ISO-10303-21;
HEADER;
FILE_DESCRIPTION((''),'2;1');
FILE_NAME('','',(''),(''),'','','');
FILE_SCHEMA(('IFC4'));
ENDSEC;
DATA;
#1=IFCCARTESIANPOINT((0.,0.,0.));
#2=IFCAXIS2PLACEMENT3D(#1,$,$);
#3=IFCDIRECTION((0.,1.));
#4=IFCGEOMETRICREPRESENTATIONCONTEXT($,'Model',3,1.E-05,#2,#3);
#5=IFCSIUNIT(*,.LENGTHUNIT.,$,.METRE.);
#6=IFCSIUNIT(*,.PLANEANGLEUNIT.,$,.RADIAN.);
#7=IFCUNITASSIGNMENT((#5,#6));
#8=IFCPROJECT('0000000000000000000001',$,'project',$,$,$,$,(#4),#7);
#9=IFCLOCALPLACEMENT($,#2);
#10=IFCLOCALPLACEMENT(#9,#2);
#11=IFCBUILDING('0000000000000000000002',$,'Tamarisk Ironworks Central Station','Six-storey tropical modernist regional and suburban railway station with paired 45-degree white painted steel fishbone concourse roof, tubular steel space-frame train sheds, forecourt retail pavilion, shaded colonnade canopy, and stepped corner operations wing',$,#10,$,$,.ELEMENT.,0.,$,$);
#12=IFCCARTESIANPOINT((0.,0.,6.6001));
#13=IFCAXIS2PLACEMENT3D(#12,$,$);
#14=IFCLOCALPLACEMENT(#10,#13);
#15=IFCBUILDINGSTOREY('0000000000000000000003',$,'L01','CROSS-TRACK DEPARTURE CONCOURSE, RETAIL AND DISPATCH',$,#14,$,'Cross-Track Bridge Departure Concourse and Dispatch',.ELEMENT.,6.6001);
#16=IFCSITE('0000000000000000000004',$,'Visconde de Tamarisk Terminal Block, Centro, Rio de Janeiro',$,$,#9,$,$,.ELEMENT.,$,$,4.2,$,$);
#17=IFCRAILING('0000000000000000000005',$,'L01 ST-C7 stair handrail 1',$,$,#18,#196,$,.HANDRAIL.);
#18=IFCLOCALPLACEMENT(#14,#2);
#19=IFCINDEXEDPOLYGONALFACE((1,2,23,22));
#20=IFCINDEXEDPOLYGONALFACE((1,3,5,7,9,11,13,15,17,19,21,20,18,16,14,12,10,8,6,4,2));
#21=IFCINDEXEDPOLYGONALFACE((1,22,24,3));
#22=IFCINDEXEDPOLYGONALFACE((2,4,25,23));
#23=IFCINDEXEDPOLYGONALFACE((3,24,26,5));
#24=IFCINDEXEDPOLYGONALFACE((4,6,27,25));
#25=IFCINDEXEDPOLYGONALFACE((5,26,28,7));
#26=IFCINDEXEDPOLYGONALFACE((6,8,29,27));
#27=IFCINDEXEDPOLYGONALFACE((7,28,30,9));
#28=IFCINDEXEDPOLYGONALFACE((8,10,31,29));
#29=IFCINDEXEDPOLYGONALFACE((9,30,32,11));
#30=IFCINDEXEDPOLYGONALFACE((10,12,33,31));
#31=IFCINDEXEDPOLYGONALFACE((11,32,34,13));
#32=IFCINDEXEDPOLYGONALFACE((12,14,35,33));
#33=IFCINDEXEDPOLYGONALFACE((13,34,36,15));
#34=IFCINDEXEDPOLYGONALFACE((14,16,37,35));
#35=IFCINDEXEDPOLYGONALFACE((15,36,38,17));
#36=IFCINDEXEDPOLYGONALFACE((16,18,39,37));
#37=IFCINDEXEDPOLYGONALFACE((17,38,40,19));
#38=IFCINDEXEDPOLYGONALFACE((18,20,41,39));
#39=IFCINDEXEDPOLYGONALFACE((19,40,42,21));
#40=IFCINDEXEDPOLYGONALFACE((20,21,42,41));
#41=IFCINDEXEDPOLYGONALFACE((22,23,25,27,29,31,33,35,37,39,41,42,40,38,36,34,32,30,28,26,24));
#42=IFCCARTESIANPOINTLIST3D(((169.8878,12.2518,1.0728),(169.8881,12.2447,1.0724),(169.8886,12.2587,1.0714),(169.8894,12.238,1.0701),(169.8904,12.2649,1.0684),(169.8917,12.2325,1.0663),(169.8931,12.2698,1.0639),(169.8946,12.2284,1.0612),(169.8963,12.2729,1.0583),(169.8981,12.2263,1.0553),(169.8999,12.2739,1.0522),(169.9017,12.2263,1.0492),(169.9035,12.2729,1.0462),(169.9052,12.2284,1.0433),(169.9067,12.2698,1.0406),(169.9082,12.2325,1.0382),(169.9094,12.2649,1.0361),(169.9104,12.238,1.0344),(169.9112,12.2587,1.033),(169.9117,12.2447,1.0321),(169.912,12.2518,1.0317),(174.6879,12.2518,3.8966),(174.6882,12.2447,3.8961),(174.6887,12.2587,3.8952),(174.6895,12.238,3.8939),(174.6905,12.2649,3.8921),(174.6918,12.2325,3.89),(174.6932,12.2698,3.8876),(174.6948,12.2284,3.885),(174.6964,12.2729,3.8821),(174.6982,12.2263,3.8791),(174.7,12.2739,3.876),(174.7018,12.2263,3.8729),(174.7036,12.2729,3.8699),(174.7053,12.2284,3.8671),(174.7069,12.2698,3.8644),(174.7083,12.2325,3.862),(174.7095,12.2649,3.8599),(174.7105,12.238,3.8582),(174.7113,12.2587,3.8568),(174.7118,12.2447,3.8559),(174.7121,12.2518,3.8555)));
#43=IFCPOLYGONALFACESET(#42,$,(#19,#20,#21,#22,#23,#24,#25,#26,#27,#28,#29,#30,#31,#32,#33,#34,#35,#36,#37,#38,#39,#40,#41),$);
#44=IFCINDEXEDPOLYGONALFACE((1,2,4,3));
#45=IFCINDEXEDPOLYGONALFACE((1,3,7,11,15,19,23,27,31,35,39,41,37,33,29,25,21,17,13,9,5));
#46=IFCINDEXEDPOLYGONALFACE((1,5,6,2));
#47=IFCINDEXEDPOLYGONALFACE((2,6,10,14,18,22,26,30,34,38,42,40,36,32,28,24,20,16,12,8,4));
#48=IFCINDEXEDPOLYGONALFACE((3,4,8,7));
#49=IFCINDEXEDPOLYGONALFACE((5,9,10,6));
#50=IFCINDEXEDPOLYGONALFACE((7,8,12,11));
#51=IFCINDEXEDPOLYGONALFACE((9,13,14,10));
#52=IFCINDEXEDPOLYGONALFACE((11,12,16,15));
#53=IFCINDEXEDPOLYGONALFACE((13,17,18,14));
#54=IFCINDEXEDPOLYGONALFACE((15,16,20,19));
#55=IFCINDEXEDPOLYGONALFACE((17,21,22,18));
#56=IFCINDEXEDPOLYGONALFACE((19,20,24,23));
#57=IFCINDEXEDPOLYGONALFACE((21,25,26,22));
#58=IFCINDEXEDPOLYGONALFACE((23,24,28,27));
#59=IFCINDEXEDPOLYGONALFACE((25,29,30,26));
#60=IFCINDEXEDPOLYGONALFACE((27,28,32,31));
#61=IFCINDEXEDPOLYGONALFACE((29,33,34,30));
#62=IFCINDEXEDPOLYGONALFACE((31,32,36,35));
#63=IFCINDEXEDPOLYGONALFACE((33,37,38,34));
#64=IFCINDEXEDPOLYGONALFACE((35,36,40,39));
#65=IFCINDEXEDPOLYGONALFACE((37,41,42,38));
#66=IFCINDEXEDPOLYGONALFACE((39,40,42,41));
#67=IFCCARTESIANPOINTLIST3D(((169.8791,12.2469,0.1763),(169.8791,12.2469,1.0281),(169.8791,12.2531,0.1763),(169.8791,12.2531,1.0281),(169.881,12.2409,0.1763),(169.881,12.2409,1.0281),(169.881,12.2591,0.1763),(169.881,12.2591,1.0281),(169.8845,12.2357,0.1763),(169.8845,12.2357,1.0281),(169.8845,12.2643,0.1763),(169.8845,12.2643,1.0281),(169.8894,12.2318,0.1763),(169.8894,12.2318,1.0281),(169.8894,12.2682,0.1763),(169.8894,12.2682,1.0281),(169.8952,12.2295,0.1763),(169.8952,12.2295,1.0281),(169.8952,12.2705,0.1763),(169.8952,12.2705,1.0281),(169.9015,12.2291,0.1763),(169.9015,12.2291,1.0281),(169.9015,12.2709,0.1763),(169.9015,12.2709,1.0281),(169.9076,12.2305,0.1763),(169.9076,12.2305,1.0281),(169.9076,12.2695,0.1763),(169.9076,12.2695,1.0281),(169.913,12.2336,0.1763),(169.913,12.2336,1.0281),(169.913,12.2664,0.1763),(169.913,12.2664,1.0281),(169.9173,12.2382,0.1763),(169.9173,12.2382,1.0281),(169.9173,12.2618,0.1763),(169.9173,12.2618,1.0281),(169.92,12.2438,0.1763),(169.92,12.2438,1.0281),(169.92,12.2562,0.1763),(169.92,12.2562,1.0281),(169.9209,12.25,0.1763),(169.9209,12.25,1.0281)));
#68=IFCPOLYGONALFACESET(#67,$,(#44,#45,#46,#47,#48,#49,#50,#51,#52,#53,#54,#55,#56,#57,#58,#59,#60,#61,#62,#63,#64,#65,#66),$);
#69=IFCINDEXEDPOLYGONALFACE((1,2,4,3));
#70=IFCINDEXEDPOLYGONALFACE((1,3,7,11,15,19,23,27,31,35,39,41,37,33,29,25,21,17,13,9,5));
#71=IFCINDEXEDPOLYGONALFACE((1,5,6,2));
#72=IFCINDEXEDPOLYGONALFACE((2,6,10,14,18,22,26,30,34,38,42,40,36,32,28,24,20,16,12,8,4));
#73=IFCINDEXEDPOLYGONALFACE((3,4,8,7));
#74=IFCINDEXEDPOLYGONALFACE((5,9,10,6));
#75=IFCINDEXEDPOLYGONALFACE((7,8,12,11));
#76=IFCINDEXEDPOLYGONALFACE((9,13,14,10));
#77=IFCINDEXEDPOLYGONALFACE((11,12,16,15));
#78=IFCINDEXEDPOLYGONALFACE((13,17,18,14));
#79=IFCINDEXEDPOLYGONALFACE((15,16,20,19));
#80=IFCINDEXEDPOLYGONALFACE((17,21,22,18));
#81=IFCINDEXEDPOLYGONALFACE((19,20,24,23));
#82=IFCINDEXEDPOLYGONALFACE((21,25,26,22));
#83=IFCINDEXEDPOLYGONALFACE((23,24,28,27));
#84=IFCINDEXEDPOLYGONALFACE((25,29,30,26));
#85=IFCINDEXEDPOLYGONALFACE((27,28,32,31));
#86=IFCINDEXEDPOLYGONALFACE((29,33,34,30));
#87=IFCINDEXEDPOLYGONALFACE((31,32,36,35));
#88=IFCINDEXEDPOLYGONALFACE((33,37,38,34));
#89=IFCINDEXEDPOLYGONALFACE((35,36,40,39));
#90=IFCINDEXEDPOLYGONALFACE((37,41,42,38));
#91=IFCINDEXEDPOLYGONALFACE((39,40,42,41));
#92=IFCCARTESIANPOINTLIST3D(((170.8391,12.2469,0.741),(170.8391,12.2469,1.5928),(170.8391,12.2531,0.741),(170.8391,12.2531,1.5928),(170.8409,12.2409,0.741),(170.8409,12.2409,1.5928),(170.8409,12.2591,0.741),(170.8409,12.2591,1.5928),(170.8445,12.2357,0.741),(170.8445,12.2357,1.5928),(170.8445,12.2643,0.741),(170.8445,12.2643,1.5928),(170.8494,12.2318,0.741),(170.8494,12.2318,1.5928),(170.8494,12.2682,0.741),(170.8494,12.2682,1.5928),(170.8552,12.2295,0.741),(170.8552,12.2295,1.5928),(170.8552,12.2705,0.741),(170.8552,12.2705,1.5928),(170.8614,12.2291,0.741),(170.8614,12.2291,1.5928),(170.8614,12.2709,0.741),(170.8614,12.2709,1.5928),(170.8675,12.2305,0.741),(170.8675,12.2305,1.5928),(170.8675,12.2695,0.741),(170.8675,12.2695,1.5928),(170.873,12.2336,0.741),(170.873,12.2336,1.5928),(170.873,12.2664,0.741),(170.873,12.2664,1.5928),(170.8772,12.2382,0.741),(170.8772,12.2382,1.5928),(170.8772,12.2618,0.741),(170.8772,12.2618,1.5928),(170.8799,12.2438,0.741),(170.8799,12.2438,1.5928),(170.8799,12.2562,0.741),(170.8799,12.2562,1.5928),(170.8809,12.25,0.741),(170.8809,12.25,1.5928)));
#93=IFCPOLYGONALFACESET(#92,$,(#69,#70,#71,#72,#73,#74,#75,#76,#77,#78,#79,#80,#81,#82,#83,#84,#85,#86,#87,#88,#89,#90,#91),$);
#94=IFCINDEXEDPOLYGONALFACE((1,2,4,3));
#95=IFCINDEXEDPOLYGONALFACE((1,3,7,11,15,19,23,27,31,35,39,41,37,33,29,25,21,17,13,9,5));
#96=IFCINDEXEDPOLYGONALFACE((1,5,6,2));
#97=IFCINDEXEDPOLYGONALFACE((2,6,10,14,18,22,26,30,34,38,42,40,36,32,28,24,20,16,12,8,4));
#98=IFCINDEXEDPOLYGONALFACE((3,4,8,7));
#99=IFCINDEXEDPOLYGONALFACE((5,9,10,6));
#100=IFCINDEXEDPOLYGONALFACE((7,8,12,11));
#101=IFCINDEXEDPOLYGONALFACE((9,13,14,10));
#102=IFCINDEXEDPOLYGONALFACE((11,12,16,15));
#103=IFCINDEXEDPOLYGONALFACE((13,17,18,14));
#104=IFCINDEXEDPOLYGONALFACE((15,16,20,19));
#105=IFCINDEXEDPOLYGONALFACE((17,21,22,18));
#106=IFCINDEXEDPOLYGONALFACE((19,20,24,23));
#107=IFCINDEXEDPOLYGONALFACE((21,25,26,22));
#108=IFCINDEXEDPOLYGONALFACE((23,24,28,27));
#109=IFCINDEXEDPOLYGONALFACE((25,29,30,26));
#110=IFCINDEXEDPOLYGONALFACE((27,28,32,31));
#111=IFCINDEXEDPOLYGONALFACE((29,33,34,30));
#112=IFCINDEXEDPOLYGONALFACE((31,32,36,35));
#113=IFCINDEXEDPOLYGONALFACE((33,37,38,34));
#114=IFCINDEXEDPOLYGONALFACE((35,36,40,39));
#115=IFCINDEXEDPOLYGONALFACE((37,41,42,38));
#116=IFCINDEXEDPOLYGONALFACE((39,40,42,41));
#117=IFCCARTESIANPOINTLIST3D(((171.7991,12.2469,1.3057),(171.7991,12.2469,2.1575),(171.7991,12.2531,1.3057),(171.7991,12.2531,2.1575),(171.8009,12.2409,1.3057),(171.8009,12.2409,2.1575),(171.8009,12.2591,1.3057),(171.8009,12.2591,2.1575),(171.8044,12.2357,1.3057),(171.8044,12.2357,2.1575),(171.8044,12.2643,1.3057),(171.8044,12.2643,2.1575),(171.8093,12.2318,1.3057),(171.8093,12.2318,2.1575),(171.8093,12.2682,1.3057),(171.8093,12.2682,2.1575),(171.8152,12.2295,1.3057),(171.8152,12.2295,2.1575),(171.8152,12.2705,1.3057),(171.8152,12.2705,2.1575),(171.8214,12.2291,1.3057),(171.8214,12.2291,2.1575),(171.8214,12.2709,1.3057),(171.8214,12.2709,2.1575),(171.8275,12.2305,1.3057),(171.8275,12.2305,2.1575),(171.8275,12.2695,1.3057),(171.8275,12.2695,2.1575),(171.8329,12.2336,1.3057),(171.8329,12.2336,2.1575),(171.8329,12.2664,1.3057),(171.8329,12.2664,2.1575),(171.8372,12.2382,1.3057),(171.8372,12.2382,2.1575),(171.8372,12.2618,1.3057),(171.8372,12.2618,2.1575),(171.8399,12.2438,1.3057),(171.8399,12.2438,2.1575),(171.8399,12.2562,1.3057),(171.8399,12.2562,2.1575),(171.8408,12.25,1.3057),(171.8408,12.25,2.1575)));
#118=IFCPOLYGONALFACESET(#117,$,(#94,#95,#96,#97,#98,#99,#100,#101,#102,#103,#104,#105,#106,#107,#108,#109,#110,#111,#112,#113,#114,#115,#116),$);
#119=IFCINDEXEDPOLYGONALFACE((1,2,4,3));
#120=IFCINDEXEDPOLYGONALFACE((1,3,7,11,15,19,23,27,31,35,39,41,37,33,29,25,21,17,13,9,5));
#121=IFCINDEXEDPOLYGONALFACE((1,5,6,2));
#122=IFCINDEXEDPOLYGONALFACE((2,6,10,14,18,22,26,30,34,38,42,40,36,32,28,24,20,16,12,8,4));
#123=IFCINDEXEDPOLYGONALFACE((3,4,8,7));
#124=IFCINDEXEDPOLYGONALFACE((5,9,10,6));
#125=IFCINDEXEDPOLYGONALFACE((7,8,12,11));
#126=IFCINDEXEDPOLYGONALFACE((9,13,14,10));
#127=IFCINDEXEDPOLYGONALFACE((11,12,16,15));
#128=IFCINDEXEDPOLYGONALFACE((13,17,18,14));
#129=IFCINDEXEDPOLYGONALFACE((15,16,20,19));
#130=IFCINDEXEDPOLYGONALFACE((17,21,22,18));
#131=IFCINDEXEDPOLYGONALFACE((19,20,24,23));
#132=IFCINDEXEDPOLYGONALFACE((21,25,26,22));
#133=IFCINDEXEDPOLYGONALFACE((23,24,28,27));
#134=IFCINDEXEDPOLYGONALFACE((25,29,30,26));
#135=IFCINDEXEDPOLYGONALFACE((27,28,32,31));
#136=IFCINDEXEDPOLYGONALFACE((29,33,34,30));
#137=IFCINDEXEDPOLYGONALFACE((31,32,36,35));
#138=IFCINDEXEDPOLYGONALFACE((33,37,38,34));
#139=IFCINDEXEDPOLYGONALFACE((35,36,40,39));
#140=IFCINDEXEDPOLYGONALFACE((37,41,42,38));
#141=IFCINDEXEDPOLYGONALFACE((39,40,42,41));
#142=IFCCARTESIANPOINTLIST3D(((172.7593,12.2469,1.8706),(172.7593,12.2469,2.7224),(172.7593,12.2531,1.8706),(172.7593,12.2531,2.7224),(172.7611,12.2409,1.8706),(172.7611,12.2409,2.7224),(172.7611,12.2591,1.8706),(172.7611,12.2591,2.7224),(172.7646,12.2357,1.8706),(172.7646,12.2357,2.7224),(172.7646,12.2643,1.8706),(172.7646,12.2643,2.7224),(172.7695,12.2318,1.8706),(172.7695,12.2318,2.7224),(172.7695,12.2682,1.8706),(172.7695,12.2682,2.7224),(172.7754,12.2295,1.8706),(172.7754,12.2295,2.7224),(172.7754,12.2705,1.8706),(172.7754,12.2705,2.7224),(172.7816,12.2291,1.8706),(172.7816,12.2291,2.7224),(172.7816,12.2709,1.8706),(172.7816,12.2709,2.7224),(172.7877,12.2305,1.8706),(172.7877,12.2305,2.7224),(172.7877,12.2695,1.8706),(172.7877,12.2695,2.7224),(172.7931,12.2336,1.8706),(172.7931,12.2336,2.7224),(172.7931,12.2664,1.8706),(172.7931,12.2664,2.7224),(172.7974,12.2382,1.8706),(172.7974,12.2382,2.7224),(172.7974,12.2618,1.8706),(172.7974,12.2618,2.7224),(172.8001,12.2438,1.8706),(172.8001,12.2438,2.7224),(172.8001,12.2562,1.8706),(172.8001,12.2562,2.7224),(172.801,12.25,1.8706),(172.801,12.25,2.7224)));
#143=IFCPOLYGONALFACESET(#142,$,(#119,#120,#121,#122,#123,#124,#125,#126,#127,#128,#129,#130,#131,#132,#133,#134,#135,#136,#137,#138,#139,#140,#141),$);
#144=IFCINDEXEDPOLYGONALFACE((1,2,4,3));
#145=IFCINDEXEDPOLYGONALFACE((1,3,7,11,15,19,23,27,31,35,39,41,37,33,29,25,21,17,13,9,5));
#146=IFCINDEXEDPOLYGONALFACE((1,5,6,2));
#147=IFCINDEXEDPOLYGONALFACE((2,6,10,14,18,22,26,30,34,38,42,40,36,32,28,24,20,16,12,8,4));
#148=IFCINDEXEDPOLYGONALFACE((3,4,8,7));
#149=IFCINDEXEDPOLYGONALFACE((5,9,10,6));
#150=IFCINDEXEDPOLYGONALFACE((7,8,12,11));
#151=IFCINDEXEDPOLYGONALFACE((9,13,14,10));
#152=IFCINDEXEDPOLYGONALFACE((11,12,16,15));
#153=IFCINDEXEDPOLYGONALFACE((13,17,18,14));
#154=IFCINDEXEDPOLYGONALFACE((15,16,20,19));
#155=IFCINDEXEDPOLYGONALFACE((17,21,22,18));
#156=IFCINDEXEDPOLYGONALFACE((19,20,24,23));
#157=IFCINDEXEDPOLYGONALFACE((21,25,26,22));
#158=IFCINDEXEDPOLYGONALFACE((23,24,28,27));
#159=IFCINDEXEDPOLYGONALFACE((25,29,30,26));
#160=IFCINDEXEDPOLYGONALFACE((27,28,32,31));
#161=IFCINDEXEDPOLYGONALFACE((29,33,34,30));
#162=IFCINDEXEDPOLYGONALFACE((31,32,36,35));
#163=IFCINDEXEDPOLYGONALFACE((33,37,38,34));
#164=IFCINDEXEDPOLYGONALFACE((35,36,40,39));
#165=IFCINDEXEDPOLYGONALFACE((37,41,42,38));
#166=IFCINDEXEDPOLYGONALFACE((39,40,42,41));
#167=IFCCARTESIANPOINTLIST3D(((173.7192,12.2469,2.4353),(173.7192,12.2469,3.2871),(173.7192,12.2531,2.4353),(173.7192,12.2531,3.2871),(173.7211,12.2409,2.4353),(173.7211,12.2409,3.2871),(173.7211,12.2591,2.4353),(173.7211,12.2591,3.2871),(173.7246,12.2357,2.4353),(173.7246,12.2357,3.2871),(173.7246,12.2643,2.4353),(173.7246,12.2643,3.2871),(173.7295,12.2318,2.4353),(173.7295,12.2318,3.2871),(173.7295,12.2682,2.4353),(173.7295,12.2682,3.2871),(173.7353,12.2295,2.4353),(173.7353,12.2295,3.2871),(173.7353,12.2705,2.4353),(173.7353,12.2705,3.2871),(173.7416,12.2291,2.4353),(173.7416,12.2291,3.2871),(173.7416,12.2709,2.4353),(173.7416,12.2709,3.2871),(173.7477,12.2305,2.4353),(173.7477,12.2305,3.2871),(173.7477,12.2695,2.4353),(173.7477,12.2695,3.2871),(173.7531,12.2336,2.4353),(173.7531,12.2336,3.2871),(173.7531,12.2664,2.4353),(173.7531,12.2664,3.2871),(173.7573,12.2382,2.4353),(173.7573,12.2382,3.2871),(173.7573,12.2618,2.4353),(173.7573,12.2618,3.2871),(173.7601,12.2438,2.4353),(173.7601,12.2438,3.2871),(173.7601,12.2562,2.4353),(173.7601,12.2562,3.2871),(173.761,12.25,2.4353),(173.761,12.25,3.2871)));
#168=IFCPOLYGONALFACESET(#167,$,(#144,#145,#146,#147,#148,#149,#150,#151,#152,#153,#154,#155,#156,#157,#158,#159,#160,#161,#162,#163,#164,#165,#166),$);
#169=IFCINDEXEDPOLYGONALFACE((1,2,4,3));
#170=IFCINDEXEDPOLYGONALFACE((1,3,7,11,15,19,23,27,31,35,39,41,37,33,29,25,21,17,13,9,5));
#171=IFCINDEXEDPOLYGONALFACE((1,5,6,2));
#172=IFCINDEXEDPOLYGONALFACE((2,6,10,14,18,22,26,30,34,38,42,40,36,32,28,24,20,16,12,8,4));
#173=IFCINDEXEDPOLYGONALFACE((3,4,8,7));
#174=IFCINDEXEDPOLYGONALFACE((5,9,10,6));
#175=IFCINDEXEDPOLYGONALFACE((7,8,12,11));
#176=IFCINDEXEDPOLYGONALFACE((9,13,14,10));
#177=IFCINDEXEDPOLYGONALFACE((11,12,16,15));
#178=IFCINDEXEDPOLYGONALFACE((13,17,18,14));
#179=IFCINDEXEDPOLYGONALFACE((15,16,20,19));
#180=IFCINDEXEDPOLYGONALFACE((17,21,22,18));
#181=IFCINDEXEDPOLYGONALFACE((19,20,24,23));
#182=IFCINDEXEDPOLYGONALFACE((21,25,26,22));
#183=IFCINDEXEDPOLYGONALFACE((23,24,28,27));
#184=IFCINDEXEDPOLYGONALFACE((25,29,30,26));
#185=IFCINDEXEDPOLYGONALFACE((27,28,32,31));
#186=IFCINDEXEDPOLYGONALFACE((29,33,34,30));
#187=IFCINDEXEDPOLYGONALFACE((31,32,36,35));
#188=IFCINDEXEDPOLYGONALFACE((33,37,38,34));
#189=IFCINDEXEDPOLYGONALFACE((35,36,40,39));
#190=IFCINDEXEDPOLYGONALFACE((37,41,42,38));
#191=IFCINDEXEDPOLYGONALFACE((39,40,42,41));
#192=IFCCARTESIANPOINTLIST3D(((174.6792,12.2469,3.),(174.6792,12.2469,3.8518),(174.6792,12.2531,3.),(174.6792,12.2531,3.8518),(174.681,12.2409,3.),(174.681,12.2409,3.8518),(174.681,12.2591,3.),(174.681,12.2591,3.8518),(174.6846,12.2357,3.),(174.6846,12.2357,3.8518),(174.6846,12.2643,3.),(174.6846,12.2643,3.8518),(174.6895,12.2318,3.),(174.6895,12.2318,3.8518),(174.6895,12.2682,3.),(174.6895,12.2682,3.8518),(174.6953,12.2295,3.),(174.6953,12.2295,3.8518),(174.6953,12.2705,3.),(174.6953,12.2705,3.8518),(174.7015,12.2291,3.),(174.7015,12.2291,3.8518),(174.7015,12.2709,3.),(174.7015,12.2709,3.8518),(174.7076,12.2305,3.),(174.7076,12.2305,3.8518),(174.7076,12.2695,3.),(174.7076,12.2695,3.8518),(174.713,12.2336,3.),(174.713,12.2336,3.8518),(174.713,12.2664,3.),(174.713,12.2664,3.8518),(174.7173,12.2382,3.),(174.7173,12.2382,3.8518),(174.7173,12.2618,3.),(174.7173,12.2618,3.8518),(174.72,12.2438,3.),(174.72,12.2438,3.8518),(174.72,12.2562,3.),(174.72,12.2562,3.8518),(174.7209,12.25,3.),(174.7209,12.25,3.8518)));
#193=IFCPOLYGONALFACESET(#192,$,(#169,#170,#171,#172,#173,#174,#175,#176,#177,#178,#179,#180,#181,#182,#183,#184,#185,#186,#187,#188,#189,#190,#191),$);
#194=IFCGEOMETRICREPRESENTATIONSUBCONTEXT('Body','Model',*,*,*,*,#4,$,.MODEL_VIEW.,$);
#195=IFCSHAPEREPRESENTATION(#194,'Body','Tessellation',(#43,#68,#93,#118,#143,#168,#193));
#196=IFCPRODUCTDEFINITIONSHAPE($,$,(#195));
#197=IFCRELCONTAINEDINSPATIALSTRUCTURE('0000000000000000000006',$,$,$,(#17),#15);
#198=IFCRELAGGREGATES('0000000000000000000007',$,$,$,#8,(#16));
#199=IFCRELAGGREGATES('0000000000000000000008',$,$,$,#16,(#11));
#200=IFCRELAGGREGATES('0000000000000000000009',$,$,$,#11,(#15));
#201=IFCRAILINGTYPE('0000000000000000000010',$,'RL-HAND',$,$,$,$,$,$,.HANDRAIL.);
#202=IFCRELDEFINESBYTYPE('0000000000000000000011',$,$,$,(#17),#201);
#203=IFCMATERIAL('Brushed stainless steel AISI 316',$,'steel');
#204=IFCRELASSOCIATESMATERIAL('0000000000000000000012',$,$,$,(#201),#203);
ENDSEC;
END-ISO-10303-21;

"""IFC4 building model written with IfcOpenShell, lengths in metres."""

from ifc_helpers import new_model, si_unit, direction, frame, origin, origin_2d, place, context, subcontext, project, spatial, circle, extrude, material, type_object, element, save


model = new_model("IFC4")

# Units and contexts
model_context = context("Model", 3, precision=1e-05, world=origin(), true_north=direction((0.0, 1.0)))
body_context = subcontext(model_context, "Body", "Model", "MODEL_VIEW")
ifc_project = project(units=[si_unit("LENGTHUNIT", "METRE"), si_unit("PLANEANGLEUNIT", "RADIAN")], contexts=[model_context])

# Site, building, storey
site_placement = place(None, origin())
site = spatial("IfcSite", under=ifc_project, at=site_placement, Name="Visconde de Tamarisk Terminal Block, Centro, Rio de Janeiro", CompositionType="ELEMENT", RefElevation=4.2)
building_placement = place(site_placement, origin())
building = spatial("IfcBuilding", under=site, at=building_placement, Name="Tamarisk Ironworks Central Station", Description="Six-storey tropical modernist regional and suburban railway station with paired 45-degree white painted steel fishbone concourse roof, tubular steel space-frame train sheds, forecourt retail pavilion, shaded colonnade canopy, and stepped corner operations wing", CompositionType="ELEMENT", ElevationOfRefHeight=0.0)
storey_placement = place(building_placement, frame((0.0, 0.0, 6.6001)))
storey = spatial("IfcBuildingStorey", under=building, at=storey_placement, Name="L01", Description="CROSS-TRACK DEPARTURE CONCOURSE, RETAIL AND DISPATCH", LongName="Cross-Track Bridge Departure Concourse and Dispatch", CompositionType="ELEMENT", Elevation=6.6001)

# Railing
ifc_material_1 = material(Name="Brushed stainless steel AISI 316", Category="steel")
railing_type_1 = type_object("IfcRailingType", Name="RL-HAND", PredefinedType="HANDRAIL", material=ifc_material_1)
railing_1_placement = place(storey_placement, frame((169.8999, 12.25, 0.1763)))
element("IfcRailing", 1, at=railing_1_placement, inside=storey, type_object=railing_type_1, Name="L01 ST-C7 stair handrail 1", PredefinedType="HANDRAIL", context=body_context, shape_type="SweptSolid", body=[
    extrude(circle(Radius=0.0239, at=origin_2d()), frame((0.0, 0.0, 0.876), z_axis=(0.861921, 0.0, 0.507043), x_axis=(0.0, 1.0, 0.0)), (0.0, 0.0, 1.0), 5.5691),
    extrude(circle(Radius=0.021, at=origin_2d()), origin(), (0.0, 0.0, 1.0), 0.8518),
    extrude(circle(Radius=0.021, at=origin_2d()), frame((0.96, 0.0, 0.5647)), (0.0, 0.0, 1.0), 0.8518),
    extrude(circle(Radius=0.021, at=origin_2d()), frame((1.9199, 0.0, 1.1294)), (0.0, 0.0, 1.0), 0.8518),
    extrude(circle(Radius=0.021, at=origin_2d()), frame((2.8801, 0.0, 1.6943)), (0.0, 0.0, 1.0), 0.8518),
    extrude(circle(Radius=0.021, at=origin_2d()), frame((3.8401, 0.0, 2.259)), (0.0, 0.0, 1.0), 0.8518),
    extrude(circle(Radius=0.021, at=origin_2d()), frame((4.8, 0.0, 2.8237)), (0.0, 0.0, 1.0), 0.8518),
])

save(model, "model.ifc")
